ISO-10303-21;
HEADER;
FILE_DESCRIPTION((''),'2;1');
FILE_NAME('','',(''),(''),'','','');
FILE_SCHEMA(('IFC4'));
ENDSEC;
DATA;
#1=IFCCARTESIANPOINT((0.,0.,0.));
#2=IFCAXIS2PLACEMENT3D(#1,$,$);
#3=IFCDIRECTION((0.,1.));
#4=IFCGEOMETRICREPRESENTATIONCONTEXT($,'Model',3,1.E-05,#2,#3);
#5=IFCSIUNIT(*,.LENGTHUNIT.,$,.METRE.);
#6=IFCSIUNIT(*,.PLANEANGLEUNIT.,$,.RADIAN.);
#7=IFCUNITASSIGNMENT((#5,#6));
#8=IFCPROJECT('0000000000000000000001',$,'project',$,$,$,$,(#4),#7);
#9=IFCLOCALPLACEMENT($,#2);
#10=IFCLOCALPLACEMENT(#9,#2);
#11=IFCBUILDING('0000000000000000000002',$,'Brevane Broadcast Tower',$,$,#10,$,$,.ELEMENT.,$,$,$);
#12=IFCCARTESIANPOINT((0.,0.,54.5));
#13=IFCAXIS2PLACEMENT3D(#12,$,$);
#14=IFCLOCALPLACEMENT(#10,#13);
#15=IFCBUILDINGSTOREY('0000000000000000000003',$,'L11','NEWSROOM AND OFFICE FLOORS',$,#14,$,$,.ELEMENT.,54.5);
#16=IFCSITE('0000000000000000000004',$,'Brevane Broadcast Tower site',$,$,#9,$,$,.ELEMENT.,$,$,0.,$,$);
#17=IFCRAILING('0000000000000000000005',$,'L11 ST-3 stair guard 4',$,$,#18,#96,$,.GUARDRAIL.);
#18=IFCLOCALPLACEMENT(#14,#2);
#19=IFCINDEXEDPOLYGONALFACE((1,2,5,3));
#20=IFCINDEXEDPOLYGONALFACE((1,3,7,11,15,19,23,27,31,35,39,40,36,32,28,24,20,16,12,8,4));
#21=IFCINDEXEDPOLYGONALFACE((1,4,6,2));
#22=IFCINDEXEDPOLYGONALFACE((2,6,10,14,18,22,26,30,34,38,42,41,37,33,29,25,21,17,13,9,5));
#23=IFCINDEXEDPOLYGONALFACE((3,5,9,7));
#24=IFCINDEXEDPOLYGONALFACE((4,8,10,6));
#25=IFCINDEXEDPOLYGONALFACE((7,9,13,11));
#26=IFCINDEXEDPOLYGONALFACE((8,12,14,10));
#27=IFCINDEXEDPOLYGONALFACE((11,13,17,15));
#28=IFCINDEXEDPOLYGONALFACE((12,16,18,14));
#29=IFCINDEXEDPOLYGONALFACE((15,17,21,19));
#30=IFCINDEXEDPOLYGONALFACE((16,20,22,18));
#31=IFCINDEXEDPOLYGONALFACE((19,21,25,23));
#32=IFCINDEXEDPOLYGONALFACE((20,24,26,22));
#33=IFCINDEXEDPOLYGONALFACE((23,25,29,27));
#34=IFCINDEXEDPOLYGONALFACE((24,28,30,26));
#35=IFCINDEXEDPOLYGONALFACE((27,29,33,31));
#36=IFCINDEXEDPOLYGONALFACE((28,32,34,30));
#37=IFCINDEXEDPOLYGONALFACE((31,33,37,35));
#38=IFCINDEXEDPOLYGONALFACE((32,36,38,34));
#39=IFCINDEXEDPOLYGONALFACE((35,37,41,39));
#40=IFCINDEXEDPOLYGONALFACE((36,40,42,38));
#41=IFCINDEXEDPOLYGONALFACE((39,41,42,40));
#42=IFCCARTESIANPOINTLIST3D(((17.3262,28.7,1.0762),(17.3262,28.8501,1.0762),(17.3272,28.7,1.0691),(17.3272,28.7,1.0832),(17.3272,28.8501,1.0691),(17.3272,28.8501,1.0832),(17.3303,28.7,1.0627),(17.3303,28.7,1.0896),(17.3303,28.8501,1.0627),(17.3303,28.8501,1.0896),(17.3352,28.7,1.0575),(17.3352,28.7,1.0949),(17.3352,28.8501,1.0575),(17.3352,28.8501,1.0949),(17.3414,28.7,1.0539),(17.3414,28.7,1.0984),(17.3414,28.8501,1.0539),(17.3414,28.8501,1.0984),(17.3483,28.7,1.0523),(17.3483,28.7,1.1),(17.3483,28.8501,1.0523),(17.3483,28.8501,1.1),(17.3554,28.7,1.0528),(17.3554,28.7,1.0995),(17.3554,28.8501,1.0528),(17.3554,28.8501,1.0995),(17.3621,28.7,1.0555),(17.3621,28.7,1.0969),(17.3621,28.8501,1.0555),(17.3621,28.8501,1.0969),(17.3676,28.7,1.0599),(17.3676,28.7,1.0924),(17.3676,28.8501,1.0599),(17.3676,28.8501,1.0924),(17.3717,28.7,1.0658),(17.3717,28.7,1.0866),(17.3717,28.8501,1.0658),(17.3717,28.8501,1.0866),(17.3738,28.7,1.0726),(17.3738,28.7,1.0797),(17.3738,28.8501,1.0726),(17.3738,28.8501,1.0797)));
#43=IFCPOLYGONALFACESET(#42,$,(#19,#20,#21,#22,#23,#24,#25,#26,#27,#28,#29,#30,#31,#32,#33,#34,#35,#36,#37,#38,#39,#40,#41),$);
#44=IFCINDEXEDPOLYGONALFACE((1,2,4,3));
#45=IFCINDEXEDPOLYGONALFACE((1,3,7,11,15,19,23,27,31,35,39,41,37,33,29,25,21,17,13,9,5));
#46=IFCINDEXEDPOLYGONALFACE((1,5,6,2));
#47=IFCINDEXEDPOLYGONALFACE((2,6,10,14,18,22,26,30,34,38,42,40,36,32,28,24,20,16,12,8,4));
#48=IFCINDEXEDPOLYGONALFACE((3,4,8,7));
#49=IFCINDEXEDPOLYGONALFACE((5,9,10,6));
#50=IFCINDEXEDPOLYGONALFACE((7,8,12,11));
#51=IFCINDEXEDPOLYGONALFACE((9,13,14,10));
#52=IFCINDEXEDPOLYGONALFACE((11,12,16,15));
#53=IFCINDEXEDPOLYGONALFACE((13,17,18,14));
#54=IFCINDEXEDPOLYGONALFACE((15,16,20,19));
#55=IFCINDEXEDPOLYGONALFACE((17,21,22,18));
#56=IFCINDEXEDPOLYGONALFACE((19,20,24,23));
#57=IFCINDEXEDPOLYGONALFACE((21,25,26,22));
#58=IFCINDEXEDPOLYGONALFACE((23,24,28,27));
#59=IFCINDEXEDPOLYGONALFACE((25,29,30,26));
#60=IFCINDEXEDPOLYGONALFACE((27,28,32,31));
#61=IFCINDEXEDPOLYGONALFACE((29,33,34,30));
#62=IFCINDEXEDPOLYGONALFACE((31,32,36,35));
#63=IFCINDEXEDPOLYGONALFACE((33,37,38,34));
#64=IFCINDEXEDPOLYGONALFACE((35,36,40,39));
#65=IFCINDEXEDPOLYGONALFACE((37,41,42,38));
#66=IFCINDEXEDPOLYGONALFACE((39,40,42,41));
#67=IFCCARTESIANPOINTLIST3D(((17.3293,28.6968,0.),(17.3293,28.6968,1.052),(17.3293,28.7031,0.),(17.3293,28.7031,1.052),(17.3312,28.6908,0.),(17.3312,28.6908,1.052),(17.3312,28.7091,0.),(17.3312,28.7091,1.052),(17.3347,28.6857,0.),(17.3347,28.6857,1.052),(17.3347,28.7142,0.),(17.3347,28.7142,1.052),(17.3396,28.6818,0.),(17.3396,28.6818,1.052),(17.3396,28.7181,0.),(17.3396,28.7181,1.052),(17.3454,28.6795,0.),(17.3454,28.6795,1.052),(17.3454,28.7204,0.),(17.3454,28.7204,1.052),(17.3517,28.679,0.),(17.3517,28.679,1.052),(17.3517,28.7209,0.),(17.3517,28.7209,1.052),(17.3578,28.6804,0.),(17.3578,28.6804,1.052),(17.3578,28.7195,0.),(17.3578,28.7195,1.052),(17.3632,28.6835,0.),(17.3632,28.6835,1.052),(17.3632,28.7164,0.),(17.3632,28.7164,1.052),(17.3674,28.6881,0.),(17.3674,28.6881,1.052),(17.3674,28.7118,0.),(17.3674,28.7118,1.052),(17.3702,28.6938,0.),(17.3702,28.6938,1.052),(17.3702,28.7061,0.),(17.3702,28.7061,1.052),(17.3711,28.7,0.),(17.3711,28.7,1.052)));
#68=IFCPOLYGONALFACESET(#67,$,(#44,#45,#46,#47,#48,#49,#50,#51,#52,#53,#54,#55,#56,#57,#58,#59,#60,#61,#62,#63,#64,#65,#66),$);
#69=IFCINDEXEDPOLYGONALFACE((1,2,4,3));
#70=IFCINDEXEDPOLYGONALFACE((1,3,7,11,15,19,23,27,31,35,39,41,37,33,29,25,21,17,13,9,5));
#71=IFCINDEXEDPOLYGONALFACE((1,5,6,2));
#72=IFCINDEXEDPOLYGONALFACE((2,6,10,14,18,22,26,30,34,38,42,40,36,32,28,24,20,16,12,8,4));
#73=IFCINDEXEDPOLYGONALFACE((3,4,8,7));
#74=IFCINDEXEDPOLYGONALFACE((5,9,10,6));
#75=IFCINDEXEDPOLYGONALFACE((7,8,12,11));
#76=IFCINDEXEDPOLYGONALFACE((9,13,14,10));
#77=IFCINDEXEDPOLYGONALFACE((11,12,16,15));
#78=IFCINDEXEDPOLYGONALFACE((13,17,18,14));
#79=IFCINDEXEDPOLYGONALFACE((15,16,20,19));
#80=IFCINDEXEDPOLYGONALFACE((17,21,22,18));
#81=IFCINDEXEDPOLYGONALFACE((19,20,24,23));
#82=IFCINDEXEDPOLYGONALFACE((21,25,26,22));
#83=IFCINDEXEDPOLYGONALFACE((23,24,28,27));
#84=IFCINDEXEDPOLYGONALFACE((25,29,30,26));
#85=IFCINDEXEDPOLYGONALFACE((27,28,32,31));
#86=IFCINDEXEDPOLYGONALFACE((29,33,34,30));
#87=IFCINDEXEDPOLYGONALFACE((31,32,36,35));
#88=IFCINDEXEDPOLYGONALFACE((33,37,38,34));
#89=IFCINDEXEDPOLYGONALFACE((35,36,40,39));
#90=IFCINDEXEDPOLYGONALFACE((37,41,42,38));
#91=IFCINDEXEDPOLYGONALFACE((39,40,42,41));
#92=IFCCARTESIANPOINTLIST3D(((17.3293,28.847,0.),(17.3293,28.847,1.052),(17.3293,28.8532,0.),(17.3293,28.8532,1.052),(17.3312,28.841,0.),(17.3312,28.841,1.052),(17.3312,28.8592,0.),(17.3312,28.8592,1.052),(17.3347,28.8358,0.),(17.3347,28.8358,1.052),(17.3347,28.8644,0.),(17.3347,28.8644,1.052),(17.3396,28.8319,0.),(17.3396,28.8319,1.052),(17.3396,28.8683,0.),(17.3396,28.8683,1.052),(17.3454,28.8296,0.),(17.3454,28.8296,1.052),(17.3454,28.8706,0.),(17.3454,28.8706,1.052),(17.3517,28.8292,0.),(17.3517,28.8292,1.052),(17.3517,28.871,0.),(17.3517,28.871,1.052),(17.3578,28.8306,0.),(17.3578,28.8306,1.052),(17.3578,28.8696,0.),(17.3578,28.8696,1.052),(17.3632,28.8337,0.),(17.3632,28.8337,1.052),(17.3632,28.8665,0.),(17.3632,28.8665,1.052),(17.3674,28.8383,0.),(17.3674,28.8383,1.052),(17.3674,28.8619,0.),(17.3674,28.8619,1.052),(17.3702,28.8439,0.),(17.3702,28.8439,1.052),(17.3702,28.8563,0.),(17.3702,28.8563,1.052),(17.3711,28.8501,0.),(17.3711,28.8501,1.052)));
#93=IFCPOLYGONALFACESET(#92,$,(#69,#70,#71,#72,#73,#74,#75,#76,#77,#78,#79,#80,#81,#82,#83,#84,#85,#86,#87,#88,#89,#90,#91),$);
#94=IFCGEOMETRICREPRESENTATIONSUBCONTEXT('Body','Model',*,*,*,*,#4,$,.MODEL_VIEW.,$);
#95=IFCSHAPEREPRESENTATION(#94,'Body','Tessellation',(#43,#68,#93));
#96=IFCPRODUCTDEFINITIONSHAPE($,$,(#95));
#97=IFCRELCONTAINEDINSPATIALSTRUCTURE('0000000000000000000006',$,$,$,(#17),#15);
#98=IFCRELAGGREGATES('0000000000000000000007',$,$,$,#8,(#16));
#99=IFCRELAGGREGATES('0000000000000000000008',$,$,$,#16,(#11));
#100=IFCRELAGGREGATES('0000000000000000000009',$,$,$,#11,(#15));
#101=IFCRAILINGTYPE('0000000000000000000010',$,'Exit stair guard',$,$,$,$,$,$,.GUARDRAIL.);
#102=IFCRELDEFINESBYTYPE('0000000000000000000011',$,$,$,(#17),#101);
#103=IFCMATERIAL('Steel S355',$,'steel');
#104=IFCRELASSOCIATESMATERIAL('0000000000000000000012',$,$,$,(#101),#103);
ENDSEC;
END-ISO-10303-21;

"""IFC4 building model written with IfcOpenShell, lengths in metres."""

from ifc_helpers import new_model, si_unit, direction, frame, origin, origin_2d, place, context, subcontext, project, spatial, circle, extrude, material, type_object, element, save


model = new_model("IFC4")

# Units and contexts
model_context = context("Model", 3, precision=1e-05, world=origin(), true_north=direction((0.0, 1.0)))
body_context = subcontext(model_context, "Body", "Model", "MODEL_VIEW")
ifc_project = project(units=[si_unit("LENGTHUNIT", "METRE"), si_unit("PLANEANGLEUNIT", "RADIAN")], contexts=[model_context])

# Site, building, storey
site_placement = place(None, origin())
site = spatial("IfcSite", under=ifc_project, at=site_placement, Name="Brevane Broadcast Tower site", CompositionType="ELEMENT", RefElevation=0.0)
building_placement = place(site_placement, origin())
building = spatial("IfcBuilding", under=site, at=building_placement, Name="Brevane Broadcast Tower", CompositionType="ELEMENT")
storey_placement = place(building_placement, frame((0.0, 0.0, 54.5)))
storey = spatial("IfcBuildingStorey", under=building, at=storey_placement, Name="L11", Description="NEWSROOM AND OFFICE FLOORS", CompositionType="ELEMENT", Elevation=54.5)

# Railing
ifc_material_1 = material(Name="Steel S355", Category="steel")
railing_type_1 = type_object("IfcRailingType", Name="Exit stair guard", PredefinedType="GUARDRAIL", material=ifc_material_1)
railing_1_placement = place(storey_placement, frame((17.3501, 28.7, 0.0)))
element("IfcRailing", 1, at=railing_1_placement, inside=storey, type_object=railing_type_1, Name="L11 ST-3 stair guard 4", PredefinedType="GUARDRAIL", context=body_context, shape_type="SweptSolid", body=[
    extrude(circle(Radius=0.0239, at=origin_2d()), frame((0.0, 0.0, 1.0762), z_axis=(0.0, 1.0, 0.0), x_axis=(-1.0, 0.0, 0.0)), (0.0, 0.0, 1.0), 0.1501),
    extrude(circle(Radius=0.021, at=origin_2d()), origin(), (0.0, 0.0, 1.0), 1.052),
    extrude(circle(Radius=0.021, at=origin_2d()), frame((0.0, 0.1501, 0.0)), (0.0, 0.0, 1.0), 1.052),
])

save(model, "model.ifc")
